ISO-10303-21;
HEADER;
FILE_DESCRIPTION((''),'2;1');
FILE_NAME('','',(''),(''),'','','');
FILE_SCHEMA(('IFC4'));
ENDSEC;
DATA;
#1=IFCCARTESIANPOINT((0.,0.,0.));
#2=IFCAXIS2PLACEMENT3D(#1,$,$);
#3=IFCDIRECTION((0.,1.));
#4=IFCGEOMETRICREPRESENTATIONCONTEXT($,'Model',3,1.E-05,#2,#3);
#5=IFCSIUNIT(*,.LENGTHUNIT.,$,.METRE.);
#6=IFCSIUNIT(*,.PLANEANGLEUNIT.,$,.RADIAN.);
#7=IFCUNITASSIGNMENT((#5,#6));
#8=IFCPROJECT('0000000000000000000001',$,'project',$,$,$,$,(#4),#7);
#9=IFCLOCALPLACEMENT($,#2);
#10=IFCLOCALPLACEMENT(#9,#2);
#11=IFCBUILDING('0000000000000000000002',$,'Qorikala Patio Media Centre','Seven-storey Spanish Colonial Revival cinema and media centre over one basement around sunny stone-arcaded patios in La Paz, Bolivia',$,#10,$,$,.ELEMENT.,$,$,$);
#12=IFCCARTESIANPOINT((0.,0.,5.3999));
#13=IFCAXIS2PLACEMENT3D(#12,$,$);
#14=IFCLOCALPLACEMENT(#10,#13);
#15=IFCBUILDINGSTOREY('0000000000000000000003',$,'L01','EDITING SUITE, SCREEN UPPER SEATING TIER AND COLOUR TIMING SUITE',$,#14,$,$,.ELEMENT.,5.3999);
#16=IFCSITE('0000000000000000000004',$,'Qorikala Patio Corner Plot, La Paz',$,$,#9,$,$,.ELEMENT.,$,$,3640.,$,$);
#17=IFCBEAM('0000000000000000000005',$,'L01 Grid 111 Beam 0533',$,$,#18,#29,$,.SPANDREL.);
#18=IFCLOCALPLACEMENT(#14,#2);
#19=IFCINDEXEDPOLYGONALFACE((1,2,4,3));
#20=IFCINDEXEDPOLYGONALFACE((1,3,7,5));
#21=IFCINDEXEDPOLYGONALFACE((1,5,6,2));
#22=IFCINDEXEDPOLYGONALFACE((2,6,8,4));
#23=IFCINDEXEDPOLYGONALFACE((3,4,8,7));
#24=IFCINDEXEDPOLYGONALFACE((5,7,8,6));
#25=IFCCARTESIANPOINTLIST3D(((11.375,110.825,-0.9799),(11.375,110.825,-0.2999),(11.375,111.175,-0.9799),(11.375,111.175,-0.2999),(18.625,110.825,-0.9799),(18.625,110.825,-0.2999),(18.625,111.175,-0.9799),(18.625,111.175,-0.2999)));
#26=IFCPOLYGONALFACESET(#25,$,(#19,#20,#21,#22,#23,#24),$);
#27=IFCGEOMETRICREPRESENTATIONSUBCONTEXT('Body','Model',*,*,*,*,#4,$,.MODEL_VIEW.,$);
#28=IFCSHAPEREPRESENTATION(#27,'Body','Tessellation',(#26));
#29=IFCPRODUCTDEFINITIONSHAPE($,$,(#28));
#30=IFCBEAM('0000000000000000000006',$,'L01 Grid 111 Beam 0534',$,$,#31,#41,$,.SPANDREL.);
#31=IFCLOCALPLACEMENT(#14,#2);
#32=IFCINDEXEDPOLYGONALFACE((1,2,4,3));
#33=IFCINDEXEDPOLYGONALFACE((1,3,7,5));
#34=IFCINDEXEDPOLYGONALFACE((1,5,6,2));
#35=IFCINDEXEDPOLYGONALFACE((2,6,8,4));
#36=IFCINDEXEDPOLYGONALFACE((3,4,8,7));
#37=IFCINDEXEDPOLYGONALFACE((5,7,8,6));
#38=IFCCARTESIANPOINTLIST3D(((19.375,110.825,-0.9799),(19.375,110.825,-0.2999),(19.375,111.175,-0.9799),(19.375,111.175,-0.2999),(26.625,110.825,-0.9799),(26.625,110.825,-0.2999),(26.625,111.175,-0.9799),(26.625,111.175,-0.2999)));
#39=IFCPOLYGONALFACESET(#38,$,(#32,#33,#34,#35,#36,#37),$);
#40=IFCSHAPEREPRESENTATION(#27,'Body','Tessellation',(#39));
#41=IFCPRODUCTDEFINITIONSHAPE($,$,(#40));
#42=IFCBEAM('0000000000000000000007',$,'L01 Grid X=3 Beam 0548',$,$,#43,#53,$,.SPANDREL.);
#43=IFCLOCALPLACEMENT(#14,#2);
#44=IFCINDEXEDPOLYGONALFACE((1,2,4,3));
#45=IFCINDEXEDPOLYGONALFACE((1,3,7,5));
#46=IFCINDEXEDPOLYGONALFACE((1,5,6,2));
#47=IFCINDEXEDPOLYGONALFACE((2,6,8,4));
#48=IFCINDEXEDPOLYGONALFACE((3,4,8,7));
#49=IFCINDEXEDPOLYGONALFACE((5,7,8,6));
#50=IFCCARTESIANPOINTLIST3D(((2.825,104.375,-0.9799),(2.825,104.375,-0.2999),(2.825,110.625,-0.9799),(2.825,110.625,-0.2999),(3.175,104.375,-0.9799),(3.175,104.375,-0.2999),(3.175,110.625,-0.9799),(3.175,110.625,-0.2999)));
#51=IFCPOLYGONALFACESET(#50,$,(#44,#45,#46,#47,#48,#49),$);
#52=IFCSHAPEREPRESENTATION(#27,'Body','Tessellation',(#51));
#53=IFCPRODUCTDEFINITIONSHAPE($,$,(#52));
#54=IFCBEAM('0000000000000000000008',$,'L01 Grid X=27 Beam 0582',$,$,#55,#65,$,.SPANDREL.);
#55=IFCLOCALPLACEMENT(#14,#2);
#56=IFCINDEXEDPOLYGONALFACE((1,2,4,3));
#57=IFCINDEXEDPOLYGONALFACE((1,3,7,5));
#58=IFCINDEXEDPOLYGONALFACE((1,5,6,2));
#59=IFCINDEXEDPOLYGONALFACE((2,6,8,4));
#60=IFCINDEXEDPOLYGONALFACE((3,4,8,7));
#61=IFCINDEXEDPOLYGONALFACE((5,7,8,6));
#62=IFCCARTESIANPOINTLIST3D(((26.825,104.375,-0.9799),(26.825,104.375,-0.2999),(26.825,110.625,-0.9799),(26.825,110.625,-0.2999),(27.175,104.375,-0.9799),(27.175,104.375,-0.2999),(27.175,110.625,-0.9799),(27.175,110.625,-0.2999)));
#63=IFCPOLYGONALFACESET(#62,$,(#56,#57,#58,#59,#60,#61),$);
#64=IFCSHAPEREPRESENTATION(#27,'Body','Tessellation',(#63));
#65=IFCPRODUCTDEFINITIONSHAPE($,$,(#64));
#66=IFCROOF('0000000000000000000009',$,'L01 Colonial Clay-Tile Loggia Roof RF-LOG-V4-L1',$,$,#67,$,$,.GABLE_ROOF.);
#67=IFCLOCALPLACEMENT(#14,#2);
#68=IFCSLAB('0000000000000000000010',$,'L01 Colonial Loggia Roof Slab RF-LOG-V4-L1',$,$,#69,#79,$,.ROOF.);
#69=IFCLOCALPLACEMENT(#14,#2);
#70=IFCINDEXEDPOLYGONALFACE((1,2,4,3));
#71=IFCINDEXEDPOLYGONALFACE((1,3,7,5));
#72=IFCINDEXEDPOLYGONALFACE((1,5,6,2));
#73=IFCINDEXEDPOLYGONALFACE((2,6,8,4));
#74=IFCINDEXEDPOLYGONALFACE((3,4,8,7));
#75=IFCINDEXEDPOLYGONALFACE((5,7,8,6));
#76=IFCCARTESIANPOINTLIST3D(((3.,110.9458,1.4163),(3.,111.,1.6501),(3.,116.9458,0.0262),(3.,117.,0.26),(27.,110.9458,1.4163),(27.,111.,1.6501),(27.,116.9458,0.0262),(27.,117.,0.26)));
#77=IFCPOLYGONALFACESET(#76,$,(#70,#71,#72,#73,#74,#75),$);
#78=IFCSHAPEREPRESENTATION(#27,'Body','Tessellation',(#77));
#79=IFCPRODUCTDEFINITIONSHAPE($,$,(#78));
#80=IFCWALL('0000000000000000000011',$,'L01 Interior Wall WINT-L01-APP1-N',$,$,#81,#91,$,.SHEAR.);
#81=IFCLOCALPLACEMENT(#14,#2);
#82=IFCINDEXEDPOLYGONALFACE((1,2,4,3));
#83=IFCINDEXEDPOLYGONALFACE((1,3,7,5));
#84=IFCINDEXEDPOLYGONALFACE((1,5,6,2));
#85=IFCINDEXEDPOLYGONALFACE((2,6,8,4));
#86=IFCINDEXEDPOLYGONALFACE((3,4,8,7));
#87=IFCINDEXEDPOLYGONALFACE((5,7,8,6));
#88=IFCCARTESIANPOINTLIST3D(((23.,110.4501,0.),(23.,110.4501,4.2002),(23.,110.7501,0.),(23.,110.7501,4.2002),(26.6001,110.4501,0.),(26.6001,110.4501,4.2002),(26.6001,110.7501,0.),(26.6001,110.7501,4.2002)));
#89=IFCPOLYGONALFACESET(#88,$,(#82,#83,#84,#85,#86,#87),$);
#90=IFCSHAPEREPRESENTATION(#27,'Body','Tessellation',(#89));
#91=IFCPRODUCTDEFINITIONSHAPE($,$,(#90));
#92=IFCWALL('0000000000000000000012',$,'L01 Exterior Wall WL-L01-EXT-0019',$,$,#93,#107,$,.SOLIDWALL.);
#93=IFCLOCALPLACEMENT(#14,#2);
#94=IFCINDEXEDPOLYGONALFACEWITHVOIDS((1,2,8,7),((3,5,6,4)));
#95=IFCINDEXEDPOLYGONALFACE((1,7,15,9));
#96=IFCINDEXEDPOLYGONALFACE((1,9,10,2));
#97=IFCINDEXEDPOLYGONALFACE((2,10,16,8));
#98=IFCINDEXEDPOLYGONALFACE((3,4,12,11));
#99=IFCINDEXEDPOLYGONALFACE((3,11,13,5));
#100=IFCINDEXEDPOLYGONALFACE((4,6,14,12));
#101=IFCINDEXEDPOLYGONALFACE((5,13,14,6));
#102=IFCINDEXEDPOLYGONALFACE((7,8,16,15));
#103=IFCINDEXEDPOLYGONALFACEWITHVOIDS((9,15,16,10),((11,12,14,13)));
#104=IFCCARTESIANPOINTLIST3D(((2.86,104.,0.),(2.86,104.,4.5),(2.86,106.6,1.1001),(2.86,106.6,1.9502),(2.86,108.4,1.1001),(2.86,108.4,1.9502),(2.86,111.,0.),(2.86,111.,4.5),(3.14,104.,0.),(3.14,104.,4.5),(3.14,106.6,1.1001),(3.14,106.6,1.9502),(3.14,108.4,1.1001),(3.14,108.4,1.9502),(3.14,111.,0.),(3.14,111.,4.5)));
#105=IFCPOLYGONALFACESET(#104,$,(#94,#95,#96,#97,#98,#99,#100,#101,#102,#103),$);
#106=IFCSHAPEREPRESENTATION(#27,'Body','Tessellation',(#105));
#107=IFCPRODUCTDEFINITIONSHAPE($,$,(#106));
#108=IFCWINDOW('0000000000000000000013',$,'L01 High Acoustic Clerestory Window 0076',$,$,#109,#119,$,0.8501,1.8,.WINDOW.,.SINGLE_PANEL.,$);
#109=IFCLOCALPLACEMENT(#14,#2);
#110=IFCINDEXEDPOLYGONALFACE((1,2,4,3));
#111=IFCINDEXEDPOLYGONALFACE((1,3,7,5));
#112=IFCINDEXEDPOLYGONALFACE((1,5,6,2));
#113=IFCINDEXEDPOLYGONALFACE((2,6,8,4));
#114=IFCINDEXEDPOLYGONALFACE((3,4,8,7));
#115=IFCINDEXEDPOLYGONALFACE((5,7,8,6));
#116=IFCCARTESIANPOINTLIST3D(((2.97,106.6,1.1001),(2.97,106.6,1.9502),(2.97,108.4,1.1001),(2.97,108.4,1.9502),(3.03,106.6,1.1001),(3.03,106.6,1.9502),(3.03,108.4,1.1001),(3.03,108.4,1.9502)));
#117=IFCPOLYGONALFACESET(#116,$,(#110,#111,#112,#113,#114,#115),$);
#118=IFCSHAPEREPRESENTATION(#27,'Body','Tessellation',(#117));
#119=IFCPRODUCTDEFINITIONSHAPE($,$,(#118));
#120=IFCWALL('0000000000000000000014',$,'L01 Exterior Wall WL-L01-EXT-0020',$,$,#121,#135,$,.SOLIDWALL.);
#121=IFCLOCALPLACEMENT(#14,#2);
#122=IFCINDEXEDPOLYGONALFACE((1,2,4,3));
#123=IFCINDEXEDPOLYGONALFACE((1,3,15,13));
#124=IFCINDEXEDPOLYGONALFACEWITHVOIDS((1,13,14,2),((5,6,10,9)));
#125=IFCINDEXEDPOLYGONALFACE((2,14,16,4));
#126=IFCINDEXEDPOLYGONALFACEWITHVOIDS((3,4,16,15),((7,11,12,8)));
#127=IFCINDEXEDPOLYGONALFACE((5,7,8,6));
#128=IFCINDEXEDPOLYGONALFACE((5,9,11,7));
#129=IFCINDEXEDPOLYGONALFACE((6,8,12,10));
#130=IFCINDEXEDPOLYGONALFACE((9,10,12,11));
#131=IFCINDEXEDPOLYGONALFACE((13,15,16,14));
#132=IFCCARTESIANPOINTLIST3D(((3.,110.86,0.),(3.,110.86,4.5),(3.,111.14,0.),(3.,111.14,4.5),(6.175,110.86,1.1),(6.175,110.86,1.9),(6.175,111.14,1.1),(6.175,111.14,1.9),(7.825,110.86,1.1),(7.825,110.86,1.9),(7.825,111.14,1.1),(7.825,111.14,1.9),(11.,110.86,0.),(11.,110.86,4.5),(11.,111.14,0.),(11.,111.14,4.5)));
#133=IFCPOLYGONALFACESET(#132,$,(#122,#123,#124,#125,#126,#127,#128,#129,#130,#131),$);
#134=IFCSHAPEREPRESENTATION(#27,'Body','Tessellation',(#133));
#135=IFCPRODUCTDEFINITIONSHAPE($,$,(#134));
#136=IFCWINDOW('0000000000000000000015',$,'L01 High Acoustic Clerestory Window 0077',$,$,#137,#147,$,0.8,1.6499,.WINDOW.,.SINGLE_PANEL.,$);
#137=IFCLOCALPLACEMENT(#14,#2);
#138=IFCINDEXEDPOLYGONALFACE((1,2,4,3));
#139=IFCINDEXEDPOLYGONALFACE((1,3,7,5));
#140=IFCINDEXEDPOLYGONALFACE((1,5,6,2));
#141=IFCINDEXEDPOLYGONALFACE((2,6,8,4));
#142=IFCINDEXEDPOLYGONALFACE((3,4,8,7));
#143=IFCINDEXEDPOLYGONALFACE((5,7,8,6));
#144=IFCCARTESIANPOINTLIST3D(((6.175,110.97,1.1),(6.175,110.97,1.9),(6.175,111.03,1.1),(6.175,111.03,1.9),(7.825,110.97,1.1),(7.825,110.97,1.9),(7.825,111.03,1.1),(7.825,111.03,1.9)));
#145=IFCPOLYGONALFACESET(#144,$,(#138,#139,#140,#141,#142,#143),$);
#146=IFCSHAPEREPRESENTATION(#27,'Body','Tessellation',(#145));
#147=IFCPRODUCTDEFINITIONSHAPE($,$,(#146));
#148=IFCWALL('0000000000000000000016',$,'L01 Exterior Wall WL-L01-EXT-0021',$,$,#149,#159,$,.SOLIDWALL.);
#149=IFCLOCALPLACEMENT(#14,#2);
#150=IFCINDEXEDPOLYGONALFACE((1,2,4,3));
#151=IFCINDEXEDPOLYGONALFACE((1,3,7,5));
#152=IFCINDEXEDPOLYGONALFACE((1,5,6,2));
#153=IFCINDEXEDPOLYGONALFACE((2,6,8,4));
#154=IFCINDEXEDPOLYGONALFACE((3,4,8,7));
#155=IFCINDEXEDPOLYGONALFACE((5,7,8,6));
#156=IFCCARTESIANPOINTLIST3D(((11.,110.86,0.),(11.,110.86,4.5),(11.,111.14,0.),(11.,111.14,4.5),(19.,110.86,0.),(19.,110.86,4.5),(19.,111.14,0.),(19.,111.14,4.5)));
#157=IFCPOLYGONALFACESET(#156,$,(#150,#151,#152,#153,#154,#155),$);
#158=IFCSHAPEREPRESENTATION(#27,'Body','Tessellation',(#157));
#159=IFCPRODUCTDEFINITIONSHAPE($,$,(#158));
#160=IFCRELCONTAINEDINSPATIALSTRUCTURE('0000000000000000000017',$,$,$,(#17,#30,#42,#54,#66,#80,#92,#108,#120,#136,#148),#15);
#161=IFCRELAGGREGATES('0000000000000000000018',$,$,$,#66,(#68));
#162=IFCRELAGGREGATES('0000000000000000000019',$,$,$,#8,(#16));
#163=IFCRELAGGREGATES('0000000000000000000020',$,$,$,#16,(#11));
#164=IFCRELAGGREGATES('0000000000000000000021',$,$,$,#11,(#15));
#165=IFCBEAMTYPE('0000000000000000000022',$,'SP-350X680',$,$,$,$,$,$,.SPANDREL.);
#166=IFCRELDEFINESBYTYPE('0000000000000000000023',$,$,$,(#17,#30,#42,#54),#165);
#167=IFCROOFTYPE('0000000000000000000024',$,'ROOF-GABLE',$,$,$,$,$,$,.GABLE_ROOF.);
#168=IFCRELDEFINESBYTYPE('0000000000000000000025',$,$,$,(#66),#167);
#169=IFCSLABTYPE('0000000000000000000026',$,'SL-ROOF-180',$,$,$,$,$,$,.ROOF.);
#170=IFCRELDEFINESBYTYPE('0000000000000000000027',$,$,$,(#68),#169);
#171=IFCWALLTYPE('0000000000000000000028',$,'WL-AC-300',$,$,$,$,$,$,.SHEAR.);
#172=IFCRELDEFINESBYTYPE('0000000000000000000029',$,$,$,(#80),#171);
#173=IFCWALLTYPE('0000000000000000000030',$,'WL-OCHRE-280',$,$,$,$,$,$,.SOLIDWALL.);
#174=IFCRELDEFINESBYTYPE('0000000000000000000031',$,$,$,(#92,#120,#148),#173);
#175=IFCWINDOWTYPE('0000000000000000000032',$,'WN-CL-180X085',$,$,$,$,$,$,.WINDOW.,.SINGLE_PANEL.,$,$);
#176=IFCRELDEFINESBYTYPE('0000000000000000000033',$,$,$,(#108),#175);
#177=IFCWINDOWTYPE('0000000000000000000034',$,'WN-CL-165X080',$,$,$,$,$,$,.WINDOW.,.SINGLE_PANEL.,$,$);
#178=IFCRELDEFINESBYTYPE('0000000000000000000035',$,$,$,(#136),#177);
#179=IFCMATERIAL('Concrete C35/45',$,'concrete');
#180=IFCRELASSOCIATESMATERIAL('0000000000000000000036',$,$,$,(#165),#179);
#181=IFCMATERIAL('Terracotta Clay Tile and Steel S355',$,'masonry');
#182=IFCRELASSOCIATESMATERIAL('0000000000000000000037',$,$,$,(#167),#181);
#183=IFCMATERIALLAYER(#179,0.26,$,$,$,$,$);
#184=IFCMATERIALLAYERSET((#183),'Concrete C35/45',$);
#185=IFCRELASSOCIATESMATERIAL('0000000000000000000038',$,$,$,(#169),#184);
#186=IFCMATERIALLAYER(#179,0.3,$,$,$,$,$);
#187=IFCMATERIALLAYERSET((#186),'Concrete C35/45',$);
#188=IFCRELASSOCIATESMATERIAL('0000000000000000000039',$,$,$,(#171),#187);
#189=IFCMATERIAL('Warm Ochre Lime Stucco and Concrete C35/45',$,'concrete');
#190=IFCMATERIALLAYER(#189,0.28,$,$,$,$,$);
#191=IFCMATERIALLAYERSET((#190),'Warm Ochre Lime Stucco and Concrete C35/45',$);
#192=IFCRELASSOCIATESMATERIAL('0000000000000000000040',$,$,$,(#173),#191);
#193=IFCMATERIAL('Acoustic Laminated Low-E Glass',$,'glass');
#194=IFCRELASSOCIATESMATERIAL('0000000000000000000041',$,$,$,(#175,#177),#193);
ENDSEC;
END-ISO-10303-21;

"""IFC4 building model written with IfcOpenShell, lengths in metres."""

from ifc_helpers import new_model, si_unit, direction, frame, frame_2d, origin, origin_2d, place, context, subcontext, project, spatial, polyline, rectangle, outline, extrude, material, layer, layer_set, material_profile, profile_set, type_object, element, fill, aggregate, save


model = new_model("IFC4")

# Units and contexts
model_context = context("Model", 3, precision=1e-05, world=origin(), true_north=direction((0.0, 1.0)))
body_context = subcontext(model_context, "Body", "Model", "MODEL_VIEW")
ifc_project = project(units=[si_unit("LENGTHUNIT", "METRE"), si_unit("PLANEANGLEUNIT", "RADIAN")], contexts=[model_context])

# Site, building, storey
site_placement = place(None, origin())
site = spatial("IfcSite", under=ifc_project, at=site_placement, Name="Qorikala Patio Corner Plot, La Paz", CompositionType="ELEMENT", RefElevation=3640.0)
building_placement = place(site_placement, origin())
building = spatial("IfcBuilding", under=site, at=building_placement, Name="Qorikala Patio Media Centre", Description="Seven-storey Spanish Colonial Revival cinema and media centre over one basement around sunny stone-arcaded patios in La Paz, Bolivia", CompositionType="ELEMENT")
storey_placement = place(building_placement, frame((0.0, 0.0, 5.3999)))
storey = spatial("IfcBuildingStorey", under=building, at=storey_placement, Name="L01", Description="EDITING SUITE, SCREEN UPPER SEATING TIER AND COLOUR TIMING SUITE", CompositionType="ELEMENT", Elevation=5.3999)

# Shared definitions
ifc_material_1 = material(Name="Concrete C35/45", Category="concrete")

# Beams
ifc_material_profile_1 = material_profile(ifc_material_1, rectangle(XDim=0.3501, YDim=0.6799, at=origin_2d()), Name="RC 350x680")
ifc_profile_set_1 = profile_set([ifc_material_profile_1], Name="Concrete C35/45")
beam_type_1 = type_object("IfcBeamType", Name="SP-350X680", PredefinedType="SPANDREL", material=ifc_profile_set_1)
for number, where, z_axis, x_axis, name in (
    (1, (11.375, 111.0, -0.6399), (1.0, 0.0, 0.0), (0.0, 1.0, 0.0), "L01 Grid 111 Beam 0533"),
    (2, (19.375, 111.0, -0.6399), (1.0, 0.0, 0.0), (0.0, 1.0, 0.0), "L01 Grid 111 Beam 0534"),
):
    element("IfcBeam", number, at=place(storey_placement, frame(where, z_axis=z_axis, x_axis=x_axis)), inside=storey, type_object=beam_type_1, Name=name, PredefinedType="SPANDREL", context=body_context, shape_type="SweptSolid", body=[
        extrude(rectangle(XDim=0.3501, YDim=0.6799, at=origin_2d()), origin(), (0.0, 0.0, 1.0), 7.25),
    ])
for number, where, z_axis, x_axis, name in (
    (3, (3.0, 104.375, -0.6399), (0.0, 1.0, 0.0), (-1.0, 0.0, 0.0), "L01 Grid X=3 Beam 0548"),
    (4, (27.0, 104.375, -0.6399), (0.0, 1.0, 0.0), (-1.0, 0.0, 0.0), "L01 Grid X=27 Beam 0582"),
):
    element("IfcBeam", number, at=place(storey_placement, frame(where, z_axis=z_axis, x_axis=x_axis)), inside=storey, type_object=beam_type_1, Name=name, PredefinedType="SPANDREL", context=body_context, shape_type="SweptSolid", body=[
        extrude(rectangle(XDim=0.3501, YDim=0.6799, at=origin_2d()), origin(), (0.0, 0.0, 1.0), 6.25),
    ])

# Roof, slab
ifc_material_2 = material(Name="Terracotta Clay Tile and Steel S355", Category="masonry")
roof_type = type_object("IfcRoofType", Name="ROOF-GABLE", PredefinedType="GABLE_ROOF", material=ifc_material_2)
roof_placement = place(storey_placement, origin())
roof = element("IfcRoof", 5, at=roof_placement, inside=storey, type_object=roof_type, Name="L01 Colonial Clay-Tile Loggia Roof RF-LOG-V4-L1", PredefinedType="GABLE_ROOF")
ifc_layer_1 = layer(ifc_material_1, 0.26)
ifc_layer_set_1 = layer_set([ifc_layer_1], Name="Concrete C35/45")
slab_type = type_object("IfcSlabType", Name="SL-ROOF-180", PredefinedType="ROOF", material=ifc_layer_set_1)
slab_placement = place(storey_placement, frame((3.0, 117.0, 0.26), z_axis=(0.0, 0.225711, 0.974194), x_axis=(1.0, 0.0, 0.0)))
slab = element("IfcSlab", 6, at=slab_placement, type_object=slab_type, Name="L01 Colonial Loggia Roof Slab RF-LOG-V4-L1", PredefinedType="ROOF", context=body_context, shape_type="SweptSolid", body=[
    extrude(outline(polyline([(0.0, 0.0), (24.0, 0.0), (24.0, -6.1589), (0.0, -6.1589), (0.0, 0.0)])), origin(), (0.0, 0.0, -1.0), 0.24),
])
aggregate(roof, [slab])

# Wall
ifc_layer_2 = layer(ifc_material_1, 0.3)
ifc_layer_set_2 = layer_set([ifc_layer_2], Name="Concrete C35/45")
wall_type_1 = type_object("IfcWallType", Name="WL-AC-300", PredefinedType="SHEAR", material=ifc_layer_set_2)
wall_1_placement = place(storey_placement, frame((23.0, 110.6001, 0.0), z_axis=(0.0, 0.0, 1.0), x_axis=(1.0, 0.0, 0.0)))
element("IfcWall", 7, at=wall_1_placement, inside=storey, type_object=wall_type_1, Name="L01 Interior Wall WINT-L01-APP1-N", PredefinedType="SHEAR", context=body_context, shape_type="SweptSolid", body=[
    extrude(rectangle(XDim=3.6001, YDim=0.3, at=frame_2d((1.8, 0.0))), origin(), (0.0, 0.0, 1.0), 4.2002),
])

# Walls, openings, windows
ifc_material_3 = material(Name="Warm Ochre Lime Stucco and Concrete C35/45", Category="concrete")
ifc_layer_3 = layer(ifc_material_3, 0.28)
ifc_layer_set_3 = layer_set([ifc_layer_3], Name="Warm Ochre Lime Stucco and Concrete C35/45")
wall_type_2 = type_object("IfcWallType", Name="WL-OCHRE-280", PredefinedType="SOLIDWALL", material=ifc_layer_set_3)
wall_2_placement = place(storey_placement, frame((3.0, 104.0, 0.0), z_axis=(0.0, 0.0, 1.0), x_axis=(0.0, 1.0, 0.0)))
wall_2 = element("IfcWall", 8, at=wall_2_placement, inside=storey, type_object=wall_type_2, Name="L01 Exterior Wall WL-L01-EXT-0019", PredefinedType="SOLIDWALL", context=body_context, shape_type="SweptSolid", body=[
    extrude(rectangle(XDim=7.0, YDim=0.28, at=frame_2d((3.5, 0.0))), origin(), (0.0, 0.0, 1.0), 4.5),
])
opening_1_placement = place(wall_2_placement, frame((2.6001, 0.0, 1.1001)))
opening_1 = element("IfcOpeningElement", 9, at=opening_1_placement, cuts=wall_2, PredefinedType="OPENING", context=body_context, shape_type="SweptSolid", body=[
    extrude(rectangle(XDim=1.8, YDim=0.8501, at=frame_2d((0.8999, 0.425))), frame((0.0, 0.1499, 0.0), z_axis=(0.0, -1.0, 0.0), x_axis=(1.0, 0.0, 0.0)), (0.0, 0.0, 1.0), 0.3),
])
ifc_material_4 = material(Name="Acoustic Laminated Low-E Glass", Category="glass")
window_type_1 = type_object("IfcWindowType", Name="WN-CL-180X085", PartitioningType="SINGLE_PANEL", PredefinedType="WINDOW", material=ifc_material_4)
window_1_placement = place(opening_1_placement, origin())
window_1 = element("IfcWindow", 10, at=window_1_placement, inside=storey, type_object=window_type_1, Name="L01 High Acoustic Clerestory Window 0076", OverallHeight=0.8501, OverallWidth=1.8, PartitioningType="SINGLE_PANEL", PredefinedType="WINDOW", context=body_context, shape_type="SweptSolid", body=[
    extrude(rectangle(XDim=1.8, YDim=0.8501, at=frame_2d((0.8999, 0.425))), frame((0.0, 0.03, 0.0), z_axis=(0.0, -1.0, 0.0), x_axis=(1.0, 0.0, 0.0)), (0.0, 0.0, 1.0), 0.0601),
])
fill(opening_1, window_1)
wall_3_placement = place(storey_placement, frame((3.0, 111.0, 0.0), z_axis=(0.0, 0.0, 1.0), x_axis=(1.0, 0.0, 0.0)))
wall_3 = element("IfcWall", 11, at=wall_3_placement, inside=storey, type_object=wall_type_2, Name="L01 Exterior Wall WL-L01-EXT-0020", PredefinedType="SOLIDWALL", context=body_context, shape_type="SweptSolid", body=[
    extrude(rectangle(XDim=8.0, YDim=0.28, at=frame_2d((4.0, 0.0))), origin(), (0.0, 0.0, 1.0), 4.5),
])
opening_2_placement = place(wall_3_placement, frame((3.175, 0.0, 1.1001)))
opening_2 = element("IfcOpeningElement", 12, at=opening_2_placement, cuts=wall_3, PredefinedType="OPENING", context=body_context, shape_type="SweptSolid", body=[
    extrude(rectangle(XDim=1.6499, YDim=0.8, at=frame_2d((0.825, 0.3999))), frame((0.0, 0.1499, 0.0), z_axis=(0.0, -1.0, 0.0), x_axis=(1.0, 0.0, 0.0)), (0.0, 0.0, 1.0), 0.3),
])
window_type_2 = type_object("IfcWindowType", Name="WN-CL-165X080", PartitioningType="SINGLE_PANEL", PredefinedType="WINDOW", material=ifc_material_4)
window_2_placement = place(opening_2_placement, origin())
window_2 = element("IfcWindow", 13, at=window_2_placement, inside=storey, type_object=window_type_2, Name="L01 High Acoustic Clerestory Window 0077", OverallHeight=0.8, OverallWidth=1.6499, PartitioningType="SINGLE_PANEL", PredefinedType="WINDOW", context=body_context, shape_type="SweptSolid", body=[
    extrude(rectangle(XDim=1.6499, YDim=0.8, at=frame_2d((0.825, 0.3999))), frame((0.0, 0.03, 0.0), z_axis=(0.0, -1.0, 0.0), x_axis=(1.0, 0.0, 0.0)), (0.0, 0.0, 1.0), 0.0601),
])
fill(opening_2, window_2)

# Wall
wall_4_placement = place(storey_placement, frame((11.0, 111.0, 0.0), z_axis=(0.0, 0.0, 1.0), x_axis=(1.0, 0.0, 0.0)))
element("IfcWall", 14, at=wall_4_placement, inside=storey, type_object=wall_type_2, Name="L01 Exterior Wall WL-L01-EXT-0021", PredefinedType="SOLIDWALL", context=body_context, shape_type="SweptSolid", body=[
    extrude(rectangle(XDim=8.0, YDim=0.28, at=frame_2d((4.0, 0.0))), origin(), (0.0, 0.0, 1.0), 4.5),
])

save(model, "model.ifc")
